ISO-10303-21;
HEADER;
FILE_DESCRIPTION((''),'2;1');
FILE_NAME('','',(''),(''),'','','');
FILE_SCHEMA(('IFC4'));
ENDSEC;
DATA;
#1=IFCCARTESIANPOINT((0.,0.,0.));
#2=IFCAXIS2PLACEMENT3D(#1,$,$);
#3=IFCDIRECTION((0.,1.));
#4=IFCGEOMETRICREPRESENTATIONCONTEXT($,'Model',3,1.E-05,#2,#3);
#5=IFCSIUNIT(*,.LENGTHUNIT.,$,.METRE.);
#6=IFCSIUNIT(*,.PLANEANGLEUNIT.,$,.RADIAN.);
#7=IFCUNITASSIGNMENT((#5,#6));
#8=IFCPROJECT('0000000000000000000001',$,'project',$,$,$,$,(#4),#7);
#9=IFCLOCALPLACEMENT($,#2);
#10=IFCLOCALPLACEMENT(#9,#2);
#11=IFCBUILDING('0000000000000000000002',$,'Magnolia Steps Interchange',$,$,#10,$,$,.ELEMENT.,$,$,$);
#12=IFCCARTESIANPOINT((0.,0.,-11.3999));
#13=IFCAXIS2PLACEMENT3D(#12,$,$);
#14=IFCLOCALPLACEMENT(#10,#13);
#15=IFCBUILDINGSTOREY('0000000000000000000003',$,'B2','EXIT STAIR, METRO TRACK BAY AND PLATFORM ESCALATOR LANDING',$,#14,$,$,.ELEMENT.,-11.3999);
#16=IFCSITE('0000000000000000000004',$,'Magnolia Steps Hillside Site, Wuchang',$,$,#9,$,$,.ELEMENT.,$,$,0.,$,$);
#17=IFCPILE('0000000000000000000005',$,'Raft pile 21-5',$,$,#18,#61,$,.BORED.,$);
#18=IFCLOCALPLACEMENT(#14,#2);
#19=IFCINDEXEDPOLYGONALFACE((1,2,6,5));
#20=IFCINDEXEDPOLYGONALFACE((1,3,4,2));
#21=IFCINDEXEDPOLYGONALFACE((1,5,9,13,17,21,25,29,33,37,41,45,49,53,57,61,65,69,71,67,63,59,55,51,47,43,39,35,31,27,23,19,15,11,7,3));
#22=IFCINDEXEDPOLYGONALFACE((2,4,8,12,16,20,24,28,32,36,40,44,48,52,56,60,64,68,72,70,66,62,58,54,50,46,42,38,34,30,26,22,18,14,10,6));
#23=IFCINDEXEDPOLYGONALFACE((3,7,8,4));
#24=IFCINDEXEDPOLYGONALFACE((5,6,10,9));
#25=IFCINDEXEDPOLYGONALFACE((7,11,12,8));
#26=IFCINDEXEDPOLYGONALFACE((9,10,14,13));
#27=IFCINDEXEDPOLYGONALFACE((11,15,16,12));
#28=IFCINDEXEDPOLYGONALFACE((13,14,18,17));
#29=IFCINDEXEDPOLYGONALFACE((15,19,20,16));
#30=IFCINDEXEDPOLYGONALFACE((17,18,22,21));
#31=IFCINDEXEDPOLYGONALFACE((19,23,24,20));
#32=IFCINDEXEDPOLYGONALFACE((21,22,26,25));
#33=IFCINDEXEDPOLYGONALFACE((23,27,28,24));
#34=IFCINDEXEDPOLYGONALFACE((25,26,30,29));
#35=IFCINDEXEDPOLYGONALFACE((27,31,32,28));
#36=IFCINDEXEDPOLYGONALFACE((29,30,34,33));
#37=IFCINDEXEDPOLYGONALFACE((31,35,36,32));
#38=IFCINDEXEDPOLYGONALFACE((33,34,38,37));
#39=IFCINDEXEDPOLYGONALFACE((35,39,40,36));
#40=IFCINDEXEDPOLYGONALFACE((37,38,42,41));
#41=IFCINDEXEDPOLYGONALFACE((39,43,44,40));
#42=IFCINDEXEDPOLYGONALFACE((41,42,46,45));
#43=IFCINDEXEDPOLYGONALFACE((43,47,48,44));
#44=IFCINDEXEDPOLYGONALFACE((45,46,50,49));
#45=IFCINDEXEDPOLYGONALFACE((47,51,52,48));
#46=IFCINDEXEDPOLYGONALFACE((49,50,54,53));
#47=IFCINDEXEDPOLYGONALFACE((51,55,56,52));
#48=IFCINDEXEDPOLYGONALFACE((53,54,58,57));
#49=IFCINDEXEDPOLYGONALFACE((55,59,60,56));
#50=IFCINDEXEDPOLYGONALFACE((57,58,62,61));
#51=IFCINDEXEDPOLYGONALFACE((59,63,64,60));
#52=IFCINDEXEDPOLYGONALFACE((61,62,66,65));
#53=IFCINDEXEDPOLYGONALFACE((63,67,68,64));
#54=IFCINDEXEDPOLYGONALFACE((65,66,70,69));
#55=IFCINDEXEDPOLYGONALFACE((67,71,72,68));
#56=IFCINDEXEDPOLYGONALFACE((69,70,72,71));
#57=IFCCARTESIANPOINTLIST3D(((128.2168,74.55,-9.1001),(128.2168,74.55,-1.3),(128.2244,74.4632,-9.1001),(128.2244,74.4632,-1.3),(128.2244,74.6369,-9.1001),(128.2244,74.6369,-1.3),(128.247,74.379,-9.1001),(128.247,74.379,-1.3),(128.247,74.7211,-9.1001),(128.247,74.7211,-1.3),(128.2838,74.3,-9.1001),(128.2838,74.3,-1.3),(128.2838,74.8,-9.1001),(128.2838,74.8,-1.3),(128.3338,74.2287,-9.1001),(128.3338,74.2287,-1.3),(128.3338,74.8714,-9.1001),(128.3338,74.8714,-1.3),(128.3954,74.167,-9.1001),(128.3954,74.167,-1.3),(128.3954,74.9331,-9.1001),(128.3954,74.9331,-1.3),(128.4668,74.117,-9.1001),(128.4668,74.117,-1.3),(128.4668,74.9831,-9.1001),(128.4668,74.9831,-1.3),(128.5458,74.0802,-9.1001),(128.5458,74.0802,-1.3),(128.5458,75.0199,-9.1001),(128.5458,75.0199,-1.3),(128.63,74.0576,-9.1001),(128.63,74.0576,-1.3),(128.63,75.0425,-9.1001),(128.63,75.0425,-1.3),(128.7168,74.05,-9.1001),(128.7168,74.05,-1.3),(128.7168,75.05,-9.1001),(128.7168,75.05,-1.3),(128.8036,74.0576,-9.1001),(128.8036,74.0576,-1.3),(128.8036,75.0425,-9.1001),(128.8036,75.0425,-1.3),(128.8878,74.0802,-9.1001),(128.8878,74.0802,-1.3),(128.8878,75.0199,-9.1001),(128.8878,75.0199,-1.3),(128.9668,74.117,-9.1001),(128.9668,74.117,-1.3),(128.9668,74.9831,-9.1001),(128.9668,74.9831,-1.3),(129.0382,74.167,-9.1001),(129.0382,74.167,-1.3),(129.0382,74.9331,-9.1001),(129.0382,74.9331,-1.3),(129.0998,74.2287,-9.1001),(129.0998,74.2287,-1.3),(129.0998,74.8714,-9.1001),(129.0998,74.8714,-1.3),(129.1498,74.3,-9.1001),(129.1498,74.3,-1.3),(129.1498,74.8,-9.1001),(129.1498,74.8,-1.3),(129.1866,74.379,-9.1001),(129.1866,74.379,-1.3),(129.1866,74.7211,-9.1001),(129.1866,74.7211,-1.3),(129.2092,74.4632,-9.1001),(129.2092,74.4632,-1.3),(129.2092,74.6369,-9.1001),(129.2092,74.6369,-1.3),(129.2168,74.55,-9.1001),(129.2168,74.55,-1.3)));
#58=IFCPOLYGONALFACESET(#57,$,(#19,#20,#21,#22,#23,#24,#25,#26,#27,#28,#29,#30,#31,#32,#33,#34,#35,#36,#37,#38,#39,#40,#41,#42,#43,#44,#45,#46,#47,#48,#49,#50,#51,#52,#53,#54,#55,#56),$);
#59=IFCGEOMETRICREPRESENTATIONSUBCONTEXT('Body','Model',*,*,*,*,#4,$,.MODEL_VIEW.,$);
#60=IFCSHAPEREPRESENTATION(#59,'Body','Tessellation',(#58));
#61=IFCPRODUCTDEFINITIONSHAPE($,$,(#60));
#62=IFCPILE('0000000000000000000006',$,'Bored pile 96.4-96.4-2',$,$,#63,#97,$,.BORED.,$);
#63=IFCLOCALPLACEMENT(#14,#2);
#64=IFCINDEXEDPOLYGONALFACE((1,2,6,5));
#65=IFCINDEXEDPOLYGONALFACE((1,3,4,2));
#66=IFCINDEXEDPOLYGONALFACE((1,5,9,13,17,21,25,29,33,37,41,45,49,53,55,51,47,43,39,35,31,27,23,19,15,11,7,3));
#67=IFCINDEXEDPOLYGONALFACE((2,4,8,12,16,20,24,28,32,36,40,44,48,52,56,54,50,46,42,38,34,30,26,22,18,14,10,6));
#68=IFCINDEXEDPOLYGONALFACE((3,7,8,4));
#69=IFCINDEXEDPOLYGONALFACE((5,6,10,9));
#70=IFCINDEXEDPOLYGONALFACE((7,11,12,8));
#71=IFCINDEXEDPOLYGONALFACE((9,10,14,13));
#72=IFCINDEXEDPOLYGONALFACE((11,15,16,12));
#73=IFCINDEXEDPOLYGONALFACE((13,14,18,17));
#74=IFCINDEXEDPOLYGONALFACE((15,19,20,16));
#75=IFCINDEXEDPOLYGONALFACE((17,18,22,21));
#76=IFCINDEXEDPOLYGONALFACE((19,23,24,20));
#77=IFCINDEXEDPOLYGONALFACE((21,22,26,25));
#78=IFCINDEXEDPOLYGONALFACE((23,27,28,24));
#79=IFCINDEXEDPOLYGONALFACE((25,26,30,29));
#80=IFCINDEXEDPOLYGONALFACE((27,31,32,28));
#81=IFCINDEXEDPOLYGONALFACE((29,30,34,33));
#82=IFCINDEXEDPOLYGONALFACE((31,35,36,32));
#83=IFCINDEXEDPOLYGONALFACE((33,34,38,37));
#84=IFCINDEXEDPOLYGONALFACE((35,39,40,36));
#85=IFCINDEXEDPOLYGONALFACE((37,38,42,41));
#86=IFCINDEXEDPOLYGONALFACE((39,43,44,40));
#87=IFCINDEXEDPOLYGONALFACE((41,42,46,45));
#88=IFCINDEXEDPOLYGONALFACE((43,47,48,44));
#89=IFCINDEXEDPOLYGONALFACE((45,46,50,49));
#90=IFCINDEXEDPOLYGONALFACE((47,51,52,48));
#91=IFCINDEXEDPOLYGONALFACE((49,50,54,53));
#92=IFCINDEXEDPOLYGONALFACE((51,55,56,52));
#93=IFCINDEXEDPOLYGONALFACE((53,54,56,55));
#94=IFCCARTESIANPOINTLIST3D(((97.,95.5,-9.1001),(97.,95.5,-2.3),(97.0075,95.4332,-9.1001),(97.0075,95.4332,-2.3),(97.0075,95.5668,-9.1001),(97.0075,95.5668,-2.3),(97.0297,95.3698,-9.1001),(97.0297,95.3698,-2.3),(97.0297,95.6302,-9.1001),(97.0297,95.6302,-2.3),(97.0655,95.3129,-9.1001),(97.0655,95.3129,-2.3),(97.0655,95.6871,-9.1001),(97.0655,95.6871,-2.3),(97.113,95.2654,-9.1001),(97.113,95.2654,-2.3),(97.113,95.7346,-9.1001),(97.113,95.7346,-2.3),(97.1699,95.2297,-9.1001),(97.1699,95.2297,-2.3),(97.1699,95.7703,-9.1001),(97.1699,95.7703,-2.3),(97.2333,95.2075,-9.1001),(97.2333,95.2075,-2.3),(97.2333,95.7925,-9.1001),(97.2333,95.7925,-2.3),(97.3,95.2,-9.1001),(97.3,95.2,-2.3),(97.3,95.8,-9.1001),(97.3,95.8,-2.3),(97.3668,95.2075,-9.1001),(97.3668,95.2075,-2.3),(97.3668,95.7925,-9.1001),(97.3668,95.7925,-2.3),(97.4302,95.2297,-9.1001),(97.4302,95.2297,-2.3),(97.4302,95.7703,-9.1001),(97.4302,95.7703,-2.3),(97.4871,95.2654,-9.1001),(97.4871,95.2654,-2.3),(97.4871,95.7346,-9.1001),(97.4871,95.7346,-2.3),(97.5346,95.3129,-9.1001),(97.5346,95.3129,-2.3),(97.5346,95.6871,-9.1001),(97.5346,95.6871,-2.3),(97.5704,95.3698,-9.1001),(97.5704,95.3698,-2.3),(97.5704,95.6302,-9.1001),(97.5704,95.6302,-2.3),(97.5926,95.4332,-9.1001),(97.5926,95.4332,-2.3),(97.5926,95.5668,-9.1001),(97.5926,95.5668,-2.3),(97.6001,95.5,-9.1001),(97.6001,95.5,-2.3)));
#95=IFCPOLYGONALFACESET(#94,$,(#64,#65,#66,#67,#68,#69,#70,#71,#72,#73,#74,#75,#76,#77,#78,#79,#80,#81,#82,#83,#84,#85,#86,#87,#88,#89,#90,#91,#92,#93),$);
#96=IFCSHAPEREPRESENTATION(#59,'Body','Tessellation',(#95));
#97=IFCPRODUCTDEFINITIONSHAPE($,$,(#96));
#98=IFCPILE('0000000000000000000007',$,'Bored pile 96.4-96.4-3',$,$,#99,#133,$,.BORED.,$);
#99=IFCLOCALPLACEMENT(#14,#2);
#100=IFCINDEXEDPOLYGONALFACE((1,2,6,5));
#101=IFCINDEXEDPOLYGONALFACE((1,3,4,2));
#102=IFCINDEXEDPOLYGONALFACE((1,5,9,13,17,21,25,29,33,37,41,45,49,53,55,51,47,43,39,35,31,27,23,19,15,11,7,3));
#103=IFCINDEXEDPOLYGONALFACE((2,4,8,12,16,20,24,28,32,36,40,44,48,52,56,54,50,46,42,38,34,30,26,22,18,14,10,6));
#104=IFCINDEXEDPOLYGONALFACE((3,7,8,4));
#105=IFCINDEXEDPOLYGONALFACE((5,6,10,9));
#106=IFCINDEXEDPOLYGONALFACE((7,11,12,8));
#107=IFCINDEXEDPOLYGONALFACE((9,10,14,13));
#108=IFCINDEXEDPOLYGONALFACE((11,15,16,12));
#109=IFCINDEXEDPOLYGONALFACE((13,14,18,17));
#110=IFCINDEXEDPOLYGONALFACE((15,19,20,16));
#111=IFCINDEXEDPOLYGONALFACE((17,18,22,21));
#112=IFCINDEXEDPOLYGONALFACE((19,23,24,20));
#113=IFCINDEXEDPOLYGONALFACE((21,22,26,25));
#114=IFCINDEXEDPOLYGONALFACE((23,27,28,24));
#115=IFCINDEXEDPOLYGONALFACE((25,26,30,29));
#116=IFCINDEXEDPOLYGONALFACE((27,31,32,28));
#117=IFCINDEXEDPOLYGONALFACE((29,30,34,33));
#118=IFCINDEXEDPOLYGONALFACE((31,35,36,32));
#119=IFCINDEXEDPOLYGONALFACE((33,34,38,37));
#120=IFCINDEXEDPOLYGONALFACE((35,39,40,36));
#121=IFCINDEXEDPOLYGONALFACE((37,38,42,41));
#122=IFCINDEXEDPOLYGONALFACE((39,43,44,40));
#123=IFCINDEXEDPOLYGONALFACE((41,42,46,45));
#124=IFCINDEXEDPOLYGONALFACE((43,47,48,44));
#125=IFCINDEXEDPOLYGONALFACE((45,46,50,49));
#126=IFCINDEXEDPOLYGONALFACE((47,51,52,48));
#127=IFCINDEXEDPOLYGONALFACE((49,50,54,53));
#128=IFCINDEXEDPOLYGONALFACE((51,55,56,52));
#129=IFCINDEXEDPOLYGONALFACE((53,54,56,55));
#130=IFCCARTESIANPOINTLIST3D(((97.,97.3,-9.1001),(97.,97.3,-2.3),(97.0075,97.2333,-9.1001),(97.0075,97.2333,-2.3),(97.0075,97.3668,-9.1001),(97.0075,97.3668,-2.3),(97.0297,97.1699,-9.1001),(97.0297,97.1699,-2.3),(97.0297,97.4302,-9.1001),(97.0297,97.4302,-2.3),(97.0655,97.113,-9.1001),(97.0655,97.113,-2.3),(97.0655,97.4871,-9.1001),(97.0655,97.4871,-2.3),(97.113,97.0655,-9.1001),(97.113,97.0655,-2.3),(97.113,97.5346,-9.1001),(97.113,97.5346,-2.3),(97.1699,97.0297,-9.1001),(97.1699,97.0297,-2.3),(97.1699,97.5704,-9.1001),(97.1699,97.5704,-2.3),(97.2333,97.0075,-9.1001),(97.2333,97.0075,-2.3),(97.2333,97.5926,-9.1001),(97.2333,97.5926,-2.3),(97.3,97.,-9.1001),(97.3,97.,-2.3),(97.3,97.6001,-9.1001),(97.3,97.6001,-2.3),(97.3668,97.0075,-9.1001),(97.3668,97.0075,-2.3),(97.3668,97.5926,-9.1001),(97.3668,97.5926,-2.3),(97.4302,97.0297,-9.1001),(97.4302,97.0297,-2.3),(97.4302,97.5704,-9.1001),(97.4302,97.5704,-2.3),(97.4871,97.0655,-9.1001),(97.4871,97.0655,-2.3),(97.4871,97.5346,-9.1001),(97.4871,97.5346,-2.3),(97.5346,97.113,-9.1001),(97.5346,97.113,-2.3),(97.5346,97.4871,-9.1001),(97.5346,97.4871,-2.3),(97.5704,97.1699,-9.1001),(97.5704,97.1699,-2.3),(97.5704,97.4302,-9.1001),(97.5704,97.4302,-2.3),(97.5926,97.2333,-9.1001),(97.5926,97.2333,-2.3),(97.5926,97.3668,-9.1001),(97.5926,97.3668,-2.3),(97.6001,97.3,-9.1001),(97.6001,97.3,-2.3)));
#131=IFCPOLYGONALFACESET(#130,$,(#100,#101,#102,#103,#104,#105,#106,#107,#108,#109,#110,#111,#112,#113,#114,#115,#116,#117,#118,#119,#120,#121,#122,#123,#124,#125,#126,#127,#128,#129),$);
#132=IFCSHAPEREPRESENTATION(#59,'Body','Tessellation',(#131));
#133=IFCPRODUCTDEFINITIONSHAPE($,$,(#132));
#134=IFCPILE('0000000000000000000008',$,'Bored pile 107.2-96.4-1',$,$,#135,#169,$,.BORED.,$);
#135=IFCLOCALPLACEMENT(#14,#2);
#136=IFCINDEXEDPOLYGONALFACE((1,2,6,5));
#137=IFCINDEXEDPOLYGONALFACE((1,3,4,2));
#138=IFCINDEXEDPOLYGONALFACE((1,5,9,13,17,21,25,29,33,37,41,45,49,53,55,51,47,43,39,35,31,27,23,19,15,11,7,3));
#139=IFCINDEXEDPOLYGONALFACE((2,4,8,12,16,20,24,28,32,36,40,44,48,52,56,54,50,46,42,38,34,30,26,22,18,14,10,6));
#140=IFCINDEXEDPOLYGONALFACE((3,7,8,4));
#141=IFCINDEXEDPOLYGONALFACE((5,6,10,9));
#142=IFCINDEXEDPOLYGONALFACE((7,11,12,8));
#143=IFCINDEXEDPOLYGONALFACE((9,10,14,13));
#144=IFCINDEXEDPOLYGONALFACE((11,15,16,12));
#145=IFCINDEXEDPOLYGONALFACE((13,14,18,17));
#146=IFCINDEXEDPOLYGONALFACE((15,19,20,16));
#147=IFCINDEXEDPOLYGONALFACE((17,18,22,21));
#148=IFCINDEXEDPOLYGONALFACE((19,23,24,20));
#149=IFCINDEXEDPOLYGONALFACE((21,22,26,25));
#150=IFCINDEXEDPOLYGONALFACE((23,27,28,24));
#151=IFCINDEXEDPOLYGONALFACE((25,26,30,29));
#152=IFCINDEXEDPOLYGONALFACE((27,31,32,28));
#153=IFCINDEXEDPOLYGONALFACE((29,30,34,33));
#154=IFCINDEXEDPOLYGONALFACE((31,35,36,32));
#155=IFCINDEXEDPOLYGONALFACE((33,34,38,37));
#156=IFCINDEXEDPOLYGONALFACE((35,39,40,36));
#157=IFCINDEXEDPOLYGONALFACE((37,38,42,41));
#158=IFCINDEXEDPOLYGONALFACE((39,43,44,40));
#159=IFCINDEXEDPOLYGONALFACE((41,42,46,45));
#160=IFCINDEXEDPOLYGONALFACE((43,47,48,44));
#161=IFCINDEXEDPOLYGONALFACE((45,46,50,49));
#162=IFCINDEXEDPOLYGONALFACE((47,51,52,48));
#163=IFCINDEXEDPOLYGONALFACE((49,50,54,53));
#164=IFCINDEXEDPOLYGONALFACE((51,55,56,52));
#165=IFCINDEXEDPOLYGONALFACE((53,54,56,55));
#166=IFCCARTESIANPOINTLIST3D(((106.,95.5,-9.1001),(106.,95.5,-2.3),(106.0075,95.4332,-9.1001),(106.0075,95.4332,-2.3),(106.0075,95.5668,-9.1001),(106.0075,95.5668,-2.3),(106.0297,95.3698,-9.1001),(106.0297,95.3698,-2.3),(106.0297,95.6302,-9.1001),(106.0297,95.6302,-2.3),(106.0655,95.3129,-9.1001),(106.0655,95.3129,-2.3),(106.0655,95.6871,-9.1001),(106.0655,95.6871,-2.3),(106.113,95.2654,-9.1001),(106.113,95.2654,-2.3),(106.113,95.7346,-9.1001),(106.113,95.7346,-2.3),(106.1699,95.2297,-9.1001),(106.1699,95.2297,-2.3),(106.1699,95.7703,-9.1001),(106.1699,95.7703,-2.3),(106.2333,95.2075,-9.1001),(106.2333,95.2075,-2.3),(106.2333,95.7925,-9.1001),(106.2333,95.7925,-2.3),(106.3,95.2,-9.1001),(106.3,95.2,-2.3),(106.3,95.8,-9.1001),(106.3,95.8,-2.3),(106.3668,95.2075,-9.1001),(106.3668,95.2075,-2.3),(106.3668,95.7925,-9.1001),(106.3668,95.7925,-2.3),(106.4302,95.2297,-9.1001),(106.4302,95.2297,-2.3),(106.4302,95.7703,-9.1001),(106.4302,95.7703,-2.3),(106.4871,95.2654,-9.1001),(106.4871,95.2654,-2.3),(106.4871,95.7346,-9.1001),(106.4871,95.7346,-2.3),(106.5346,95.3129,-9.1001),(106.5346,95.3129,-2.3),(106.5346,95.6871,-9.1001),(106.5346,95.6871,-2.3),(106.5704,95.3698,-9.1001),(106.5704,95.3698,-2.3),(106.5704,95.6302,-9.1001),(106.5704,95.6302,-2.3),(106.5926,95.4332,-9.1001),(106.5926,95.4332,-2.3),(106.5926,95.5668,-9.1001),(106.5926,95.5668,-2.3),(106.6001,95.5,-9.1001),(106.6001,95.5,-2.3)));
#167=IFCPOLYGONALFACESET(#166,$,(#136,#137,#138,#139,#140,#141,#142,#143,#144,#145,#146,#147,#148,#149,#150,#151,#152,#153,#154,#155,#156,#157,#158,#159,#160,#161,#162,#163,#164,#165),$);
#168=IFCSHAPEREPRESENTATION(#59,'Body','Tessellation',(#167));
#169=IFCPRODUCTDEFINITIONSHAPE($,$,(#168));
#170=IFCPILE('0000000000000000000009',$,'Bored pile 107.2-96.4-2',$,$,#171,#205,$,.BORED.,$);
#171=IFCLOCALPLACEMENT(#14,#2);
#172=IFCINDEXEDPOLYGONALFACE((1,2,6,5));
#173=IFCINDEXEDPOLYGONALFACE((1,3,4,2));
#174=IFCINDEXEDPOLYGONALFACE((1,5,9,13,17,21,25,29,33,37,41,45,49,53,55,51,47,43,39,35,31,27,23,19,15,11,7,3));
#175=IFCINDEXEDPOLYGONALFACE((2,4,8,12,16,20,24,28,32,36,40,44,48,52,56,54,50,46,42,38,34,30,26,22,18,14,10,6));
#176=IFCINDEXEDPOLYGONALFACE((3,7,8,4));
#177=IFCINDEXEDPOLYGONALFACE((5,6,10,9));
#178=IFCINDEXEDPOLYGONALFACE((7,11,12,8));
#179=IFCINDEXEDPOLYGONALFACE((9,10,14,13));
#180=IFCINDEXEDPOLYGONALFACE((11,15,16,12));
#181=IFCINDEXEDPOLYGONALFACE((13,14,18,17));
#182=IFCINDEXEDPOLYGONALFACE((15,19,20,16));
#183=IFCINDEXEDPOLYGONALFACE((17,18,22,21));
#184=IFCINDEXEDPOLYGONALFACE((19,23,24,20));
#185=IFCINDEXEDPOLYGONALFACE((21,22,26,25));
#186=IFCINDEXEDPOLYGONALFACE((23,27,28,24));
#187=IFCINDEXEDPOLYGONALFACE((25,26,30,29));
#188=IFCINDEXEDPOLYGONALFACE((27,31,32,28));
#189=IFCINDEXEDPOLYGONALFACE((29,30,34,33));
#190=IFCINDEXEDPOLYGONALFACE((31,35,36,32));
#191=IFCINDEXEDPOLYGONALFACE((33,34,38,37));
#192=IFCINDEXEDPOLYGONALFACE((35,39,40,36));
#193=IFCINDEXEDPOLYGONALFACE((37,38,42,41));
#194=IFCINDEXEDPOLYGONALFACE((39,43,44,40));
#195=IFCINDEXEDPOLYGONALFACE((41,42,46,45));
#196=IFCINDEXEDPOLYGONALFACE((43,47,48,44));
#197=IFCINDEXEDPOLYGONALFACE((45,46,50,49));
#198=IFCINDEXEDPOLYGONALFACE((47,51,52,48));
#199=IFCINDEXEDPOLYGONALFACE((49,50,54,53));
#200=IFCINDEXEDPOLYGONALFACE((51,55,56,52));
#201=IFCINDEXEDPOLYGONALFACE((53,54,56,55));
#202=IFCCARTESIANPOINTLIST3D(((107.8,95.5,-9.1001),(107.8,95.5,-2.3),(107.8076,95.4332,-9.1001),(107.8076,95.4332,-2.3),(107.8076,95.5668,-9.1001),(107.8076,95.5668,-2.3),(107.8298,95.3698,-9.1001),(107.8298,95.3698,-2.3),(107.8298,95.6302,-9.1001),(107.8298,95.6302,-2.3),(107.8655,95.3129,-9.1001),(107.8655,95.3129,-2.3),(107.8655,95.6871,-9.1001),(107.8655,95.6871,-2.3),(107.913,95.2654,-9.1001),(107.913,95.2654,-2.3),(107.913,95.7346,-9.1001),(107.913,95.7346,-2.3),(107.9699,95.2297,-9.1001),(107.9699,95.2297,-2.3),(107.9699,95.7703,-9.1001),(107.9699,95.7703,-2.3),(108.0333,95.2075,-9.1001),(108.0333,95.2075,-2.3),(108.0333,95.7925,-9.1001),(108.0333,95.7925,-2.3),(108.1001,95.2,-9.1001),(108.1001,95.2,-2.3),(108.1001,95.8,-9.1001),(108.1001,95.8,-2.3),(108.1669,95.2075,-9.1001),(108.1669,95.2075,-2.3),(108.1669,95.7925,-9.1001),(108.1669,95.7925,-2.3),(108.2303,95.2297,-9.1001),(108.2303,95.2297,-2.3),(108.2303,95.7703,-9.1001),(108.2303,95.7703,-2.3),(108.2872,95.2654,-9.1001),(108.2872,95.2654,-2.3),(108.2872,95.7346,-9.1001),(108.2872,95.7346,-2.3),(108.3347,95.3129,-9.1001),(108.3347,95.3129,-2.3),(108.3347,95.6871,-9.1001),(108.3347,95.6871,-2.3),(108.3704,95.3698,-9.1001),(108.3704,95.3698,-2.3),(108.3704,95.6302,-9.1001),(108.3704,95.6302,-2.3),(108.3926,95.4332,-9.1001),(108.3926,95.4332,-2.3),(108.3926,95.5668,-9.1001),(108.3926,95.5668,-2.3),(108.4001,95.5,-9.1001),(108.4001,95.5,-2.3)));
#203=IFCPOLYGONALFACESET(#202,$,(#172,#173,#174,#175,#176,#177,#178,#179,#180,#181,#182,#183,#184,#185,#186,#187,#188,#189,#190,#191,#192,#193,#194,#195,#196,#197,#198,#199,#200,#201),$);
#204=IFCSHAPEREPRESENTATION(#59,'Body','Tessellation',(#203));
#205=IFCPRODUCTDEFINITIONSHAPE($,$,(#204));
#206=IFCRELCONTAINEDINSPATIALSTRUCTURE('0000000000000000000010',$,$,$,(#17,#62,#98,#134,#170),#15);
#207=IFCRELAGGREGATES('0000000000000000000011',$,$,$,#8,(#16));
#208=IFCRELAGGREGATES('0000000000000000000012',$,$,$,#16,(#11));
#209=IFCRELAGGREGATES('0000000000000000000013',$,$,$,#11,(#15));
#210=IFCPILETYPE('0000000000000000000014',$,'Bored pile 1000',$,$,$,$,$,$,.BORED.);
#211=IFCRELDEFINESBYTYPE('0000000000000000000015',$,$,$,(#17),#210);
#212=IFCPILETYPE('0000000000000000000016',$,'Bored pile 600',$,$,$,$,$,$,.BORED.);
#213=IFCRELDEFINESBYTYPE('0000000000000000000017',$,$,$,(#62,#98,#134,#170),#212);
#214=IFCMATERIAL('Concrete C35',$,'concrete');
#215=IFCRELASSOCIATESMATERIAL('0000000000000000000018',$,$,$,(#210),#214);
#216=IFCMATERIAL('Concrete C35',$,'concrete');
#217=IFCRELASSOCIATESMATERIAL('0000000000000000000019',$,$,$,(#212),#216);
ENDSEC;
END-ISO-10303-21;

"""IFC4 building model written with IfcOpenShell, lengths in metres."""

from ifc_helpers import new_model, si_unit, direction, frame, origin, origin_2d, place, context, subcontext, project, spatial, circle, extrude, material, material_profile, profile_set, type_object, element, save


model = new_model("IFC4")

# Units and contexts
model_context = context("Model", 3, precision=1e-05, world=origin(), true_north=direction((0.0, 1.0)))
body_context = subcontext(model_context, "Body", "Model", "MODEL_VIEW")
ifc_project = project(units=[si_unit("LENGTHUNIT", "METRE"), si_unit("PLANEANGLEUNIT", "RADIAN")], contexts=[model_context])

# Site, building, storey
site_placement = place(None, origin())
site = spatial("IfcSite", under=ifc_project, at=site_placement, Name="Magnolia Steps Hillside Site, Wuchang", CompositionType="ELEMENT", RefElevation=0.0)
building_placement = place(site_placement, origin())
building = spatial("IfcBuilding", under=site, at=building_placement, Name="Magnolia Steps Interchange", CompositionType="ELEMENT")
storey_placement = place(building_placement, frame((0.0, 0.0, -11.3999)))
storey = spatial("IfcBuildingStorey", under=building, at=storey_placement, Name="B2", Description="EXIT STAIR, METRO TRACK BAY AND PLATFORM ESCALATOR LANDING", CompositionType="ELEMENT", Elevation=-11.3999)

# Piles
ifc_material_1 = material(Name="Concrete C35", Category="concrete")
ifc_material_profile_1 = material_profile(ifc_material_1, circle(Radius=0.5, at=origin_2d()), Name="Bored pile 1000")
ifc_profile_set_1 = profile_set([ifc_material_profile_1], Name="Concrete C35")
pile_type_1 = type_object("IfcPileType", Name="Bored pile 1000", PredefinedType="BORED", material=ifc_profile_set_1)
for number, where, z_axis, x_axis, name in (
    (1, (128.7168, 74.55, -1.3), (0.0, 0.0, -1.0), (1.0, 0.0, 0.0), "Raft pile 21-5"),
):
    element("IfcPile", number, at=place(storey_placement, frame(where, z_axis=z_axis, x_axis=x_axis)), inside=storey, type_object=pile_type_1, Name=name, PredefinedType="BORED", context=body_context, shape_type="SweptSolid", body=[
        extrude(circle(Radius=0.5, at=origin_2d()), origin(), (0.0, 0.0, 1.0), 7.8),
    ])
ifc_material_2 = material(Name="Concrete C35", Category="concrete")
ifc_material_profile_2 = material_profile(ifc_material_2, circle(Radius=0.3, at=origin_2d()), Name="Bored pile 600")
ifc_profile_set_2 = profile_set([ifc_material_profile_2], Name="Concrete C35")
pile_type_2 = type_object("IfcPileType", Name="Bored pile 600", PredefinedType="BORED", material=ifc_profile_set_2)
for number, where, z_axis, x_axis, name in (
    (2, (97.3, 95.5, -2.3), (0.0, 0.0, -1.0), (1.0, 0.0, 0.0), "Bored pile 96.4-96.4-2"),
    (3, (97.3, 97.3, -2.3), (0.0, 0.0, -1.0), (1.0, 0.0, 0.0), "Bored pile 96.4-96.4-3"),
    (4, (106.3, 95.5, -2.3), (0.0, 0.0, -1.0), (1.0, 0.0, 0.0), "Bored pile 107.2-96.4-1"),
    (5, (108.1001, 95.5, -2.3), (0.0, 0.0, -1.0), (1.0, 0.0, 0.0), "Bored pile 107.2-96.4-2"),
):
    element("IfcPile", number, at=place(storey_placement, frame(where, z_axis=z_axis, x_axis=x_axis)), inside=storey, type_object=pile_type_2, Name=name, PredefinedType="BORED", context=body_context, shape_type="SweptSolid", body=[
        extrude(circle(Radius=0.3, at=origin_2d()), origin(), (0.0, 0.0, 1.0), 6.8),
    ])

save(model, "model.ifc")
